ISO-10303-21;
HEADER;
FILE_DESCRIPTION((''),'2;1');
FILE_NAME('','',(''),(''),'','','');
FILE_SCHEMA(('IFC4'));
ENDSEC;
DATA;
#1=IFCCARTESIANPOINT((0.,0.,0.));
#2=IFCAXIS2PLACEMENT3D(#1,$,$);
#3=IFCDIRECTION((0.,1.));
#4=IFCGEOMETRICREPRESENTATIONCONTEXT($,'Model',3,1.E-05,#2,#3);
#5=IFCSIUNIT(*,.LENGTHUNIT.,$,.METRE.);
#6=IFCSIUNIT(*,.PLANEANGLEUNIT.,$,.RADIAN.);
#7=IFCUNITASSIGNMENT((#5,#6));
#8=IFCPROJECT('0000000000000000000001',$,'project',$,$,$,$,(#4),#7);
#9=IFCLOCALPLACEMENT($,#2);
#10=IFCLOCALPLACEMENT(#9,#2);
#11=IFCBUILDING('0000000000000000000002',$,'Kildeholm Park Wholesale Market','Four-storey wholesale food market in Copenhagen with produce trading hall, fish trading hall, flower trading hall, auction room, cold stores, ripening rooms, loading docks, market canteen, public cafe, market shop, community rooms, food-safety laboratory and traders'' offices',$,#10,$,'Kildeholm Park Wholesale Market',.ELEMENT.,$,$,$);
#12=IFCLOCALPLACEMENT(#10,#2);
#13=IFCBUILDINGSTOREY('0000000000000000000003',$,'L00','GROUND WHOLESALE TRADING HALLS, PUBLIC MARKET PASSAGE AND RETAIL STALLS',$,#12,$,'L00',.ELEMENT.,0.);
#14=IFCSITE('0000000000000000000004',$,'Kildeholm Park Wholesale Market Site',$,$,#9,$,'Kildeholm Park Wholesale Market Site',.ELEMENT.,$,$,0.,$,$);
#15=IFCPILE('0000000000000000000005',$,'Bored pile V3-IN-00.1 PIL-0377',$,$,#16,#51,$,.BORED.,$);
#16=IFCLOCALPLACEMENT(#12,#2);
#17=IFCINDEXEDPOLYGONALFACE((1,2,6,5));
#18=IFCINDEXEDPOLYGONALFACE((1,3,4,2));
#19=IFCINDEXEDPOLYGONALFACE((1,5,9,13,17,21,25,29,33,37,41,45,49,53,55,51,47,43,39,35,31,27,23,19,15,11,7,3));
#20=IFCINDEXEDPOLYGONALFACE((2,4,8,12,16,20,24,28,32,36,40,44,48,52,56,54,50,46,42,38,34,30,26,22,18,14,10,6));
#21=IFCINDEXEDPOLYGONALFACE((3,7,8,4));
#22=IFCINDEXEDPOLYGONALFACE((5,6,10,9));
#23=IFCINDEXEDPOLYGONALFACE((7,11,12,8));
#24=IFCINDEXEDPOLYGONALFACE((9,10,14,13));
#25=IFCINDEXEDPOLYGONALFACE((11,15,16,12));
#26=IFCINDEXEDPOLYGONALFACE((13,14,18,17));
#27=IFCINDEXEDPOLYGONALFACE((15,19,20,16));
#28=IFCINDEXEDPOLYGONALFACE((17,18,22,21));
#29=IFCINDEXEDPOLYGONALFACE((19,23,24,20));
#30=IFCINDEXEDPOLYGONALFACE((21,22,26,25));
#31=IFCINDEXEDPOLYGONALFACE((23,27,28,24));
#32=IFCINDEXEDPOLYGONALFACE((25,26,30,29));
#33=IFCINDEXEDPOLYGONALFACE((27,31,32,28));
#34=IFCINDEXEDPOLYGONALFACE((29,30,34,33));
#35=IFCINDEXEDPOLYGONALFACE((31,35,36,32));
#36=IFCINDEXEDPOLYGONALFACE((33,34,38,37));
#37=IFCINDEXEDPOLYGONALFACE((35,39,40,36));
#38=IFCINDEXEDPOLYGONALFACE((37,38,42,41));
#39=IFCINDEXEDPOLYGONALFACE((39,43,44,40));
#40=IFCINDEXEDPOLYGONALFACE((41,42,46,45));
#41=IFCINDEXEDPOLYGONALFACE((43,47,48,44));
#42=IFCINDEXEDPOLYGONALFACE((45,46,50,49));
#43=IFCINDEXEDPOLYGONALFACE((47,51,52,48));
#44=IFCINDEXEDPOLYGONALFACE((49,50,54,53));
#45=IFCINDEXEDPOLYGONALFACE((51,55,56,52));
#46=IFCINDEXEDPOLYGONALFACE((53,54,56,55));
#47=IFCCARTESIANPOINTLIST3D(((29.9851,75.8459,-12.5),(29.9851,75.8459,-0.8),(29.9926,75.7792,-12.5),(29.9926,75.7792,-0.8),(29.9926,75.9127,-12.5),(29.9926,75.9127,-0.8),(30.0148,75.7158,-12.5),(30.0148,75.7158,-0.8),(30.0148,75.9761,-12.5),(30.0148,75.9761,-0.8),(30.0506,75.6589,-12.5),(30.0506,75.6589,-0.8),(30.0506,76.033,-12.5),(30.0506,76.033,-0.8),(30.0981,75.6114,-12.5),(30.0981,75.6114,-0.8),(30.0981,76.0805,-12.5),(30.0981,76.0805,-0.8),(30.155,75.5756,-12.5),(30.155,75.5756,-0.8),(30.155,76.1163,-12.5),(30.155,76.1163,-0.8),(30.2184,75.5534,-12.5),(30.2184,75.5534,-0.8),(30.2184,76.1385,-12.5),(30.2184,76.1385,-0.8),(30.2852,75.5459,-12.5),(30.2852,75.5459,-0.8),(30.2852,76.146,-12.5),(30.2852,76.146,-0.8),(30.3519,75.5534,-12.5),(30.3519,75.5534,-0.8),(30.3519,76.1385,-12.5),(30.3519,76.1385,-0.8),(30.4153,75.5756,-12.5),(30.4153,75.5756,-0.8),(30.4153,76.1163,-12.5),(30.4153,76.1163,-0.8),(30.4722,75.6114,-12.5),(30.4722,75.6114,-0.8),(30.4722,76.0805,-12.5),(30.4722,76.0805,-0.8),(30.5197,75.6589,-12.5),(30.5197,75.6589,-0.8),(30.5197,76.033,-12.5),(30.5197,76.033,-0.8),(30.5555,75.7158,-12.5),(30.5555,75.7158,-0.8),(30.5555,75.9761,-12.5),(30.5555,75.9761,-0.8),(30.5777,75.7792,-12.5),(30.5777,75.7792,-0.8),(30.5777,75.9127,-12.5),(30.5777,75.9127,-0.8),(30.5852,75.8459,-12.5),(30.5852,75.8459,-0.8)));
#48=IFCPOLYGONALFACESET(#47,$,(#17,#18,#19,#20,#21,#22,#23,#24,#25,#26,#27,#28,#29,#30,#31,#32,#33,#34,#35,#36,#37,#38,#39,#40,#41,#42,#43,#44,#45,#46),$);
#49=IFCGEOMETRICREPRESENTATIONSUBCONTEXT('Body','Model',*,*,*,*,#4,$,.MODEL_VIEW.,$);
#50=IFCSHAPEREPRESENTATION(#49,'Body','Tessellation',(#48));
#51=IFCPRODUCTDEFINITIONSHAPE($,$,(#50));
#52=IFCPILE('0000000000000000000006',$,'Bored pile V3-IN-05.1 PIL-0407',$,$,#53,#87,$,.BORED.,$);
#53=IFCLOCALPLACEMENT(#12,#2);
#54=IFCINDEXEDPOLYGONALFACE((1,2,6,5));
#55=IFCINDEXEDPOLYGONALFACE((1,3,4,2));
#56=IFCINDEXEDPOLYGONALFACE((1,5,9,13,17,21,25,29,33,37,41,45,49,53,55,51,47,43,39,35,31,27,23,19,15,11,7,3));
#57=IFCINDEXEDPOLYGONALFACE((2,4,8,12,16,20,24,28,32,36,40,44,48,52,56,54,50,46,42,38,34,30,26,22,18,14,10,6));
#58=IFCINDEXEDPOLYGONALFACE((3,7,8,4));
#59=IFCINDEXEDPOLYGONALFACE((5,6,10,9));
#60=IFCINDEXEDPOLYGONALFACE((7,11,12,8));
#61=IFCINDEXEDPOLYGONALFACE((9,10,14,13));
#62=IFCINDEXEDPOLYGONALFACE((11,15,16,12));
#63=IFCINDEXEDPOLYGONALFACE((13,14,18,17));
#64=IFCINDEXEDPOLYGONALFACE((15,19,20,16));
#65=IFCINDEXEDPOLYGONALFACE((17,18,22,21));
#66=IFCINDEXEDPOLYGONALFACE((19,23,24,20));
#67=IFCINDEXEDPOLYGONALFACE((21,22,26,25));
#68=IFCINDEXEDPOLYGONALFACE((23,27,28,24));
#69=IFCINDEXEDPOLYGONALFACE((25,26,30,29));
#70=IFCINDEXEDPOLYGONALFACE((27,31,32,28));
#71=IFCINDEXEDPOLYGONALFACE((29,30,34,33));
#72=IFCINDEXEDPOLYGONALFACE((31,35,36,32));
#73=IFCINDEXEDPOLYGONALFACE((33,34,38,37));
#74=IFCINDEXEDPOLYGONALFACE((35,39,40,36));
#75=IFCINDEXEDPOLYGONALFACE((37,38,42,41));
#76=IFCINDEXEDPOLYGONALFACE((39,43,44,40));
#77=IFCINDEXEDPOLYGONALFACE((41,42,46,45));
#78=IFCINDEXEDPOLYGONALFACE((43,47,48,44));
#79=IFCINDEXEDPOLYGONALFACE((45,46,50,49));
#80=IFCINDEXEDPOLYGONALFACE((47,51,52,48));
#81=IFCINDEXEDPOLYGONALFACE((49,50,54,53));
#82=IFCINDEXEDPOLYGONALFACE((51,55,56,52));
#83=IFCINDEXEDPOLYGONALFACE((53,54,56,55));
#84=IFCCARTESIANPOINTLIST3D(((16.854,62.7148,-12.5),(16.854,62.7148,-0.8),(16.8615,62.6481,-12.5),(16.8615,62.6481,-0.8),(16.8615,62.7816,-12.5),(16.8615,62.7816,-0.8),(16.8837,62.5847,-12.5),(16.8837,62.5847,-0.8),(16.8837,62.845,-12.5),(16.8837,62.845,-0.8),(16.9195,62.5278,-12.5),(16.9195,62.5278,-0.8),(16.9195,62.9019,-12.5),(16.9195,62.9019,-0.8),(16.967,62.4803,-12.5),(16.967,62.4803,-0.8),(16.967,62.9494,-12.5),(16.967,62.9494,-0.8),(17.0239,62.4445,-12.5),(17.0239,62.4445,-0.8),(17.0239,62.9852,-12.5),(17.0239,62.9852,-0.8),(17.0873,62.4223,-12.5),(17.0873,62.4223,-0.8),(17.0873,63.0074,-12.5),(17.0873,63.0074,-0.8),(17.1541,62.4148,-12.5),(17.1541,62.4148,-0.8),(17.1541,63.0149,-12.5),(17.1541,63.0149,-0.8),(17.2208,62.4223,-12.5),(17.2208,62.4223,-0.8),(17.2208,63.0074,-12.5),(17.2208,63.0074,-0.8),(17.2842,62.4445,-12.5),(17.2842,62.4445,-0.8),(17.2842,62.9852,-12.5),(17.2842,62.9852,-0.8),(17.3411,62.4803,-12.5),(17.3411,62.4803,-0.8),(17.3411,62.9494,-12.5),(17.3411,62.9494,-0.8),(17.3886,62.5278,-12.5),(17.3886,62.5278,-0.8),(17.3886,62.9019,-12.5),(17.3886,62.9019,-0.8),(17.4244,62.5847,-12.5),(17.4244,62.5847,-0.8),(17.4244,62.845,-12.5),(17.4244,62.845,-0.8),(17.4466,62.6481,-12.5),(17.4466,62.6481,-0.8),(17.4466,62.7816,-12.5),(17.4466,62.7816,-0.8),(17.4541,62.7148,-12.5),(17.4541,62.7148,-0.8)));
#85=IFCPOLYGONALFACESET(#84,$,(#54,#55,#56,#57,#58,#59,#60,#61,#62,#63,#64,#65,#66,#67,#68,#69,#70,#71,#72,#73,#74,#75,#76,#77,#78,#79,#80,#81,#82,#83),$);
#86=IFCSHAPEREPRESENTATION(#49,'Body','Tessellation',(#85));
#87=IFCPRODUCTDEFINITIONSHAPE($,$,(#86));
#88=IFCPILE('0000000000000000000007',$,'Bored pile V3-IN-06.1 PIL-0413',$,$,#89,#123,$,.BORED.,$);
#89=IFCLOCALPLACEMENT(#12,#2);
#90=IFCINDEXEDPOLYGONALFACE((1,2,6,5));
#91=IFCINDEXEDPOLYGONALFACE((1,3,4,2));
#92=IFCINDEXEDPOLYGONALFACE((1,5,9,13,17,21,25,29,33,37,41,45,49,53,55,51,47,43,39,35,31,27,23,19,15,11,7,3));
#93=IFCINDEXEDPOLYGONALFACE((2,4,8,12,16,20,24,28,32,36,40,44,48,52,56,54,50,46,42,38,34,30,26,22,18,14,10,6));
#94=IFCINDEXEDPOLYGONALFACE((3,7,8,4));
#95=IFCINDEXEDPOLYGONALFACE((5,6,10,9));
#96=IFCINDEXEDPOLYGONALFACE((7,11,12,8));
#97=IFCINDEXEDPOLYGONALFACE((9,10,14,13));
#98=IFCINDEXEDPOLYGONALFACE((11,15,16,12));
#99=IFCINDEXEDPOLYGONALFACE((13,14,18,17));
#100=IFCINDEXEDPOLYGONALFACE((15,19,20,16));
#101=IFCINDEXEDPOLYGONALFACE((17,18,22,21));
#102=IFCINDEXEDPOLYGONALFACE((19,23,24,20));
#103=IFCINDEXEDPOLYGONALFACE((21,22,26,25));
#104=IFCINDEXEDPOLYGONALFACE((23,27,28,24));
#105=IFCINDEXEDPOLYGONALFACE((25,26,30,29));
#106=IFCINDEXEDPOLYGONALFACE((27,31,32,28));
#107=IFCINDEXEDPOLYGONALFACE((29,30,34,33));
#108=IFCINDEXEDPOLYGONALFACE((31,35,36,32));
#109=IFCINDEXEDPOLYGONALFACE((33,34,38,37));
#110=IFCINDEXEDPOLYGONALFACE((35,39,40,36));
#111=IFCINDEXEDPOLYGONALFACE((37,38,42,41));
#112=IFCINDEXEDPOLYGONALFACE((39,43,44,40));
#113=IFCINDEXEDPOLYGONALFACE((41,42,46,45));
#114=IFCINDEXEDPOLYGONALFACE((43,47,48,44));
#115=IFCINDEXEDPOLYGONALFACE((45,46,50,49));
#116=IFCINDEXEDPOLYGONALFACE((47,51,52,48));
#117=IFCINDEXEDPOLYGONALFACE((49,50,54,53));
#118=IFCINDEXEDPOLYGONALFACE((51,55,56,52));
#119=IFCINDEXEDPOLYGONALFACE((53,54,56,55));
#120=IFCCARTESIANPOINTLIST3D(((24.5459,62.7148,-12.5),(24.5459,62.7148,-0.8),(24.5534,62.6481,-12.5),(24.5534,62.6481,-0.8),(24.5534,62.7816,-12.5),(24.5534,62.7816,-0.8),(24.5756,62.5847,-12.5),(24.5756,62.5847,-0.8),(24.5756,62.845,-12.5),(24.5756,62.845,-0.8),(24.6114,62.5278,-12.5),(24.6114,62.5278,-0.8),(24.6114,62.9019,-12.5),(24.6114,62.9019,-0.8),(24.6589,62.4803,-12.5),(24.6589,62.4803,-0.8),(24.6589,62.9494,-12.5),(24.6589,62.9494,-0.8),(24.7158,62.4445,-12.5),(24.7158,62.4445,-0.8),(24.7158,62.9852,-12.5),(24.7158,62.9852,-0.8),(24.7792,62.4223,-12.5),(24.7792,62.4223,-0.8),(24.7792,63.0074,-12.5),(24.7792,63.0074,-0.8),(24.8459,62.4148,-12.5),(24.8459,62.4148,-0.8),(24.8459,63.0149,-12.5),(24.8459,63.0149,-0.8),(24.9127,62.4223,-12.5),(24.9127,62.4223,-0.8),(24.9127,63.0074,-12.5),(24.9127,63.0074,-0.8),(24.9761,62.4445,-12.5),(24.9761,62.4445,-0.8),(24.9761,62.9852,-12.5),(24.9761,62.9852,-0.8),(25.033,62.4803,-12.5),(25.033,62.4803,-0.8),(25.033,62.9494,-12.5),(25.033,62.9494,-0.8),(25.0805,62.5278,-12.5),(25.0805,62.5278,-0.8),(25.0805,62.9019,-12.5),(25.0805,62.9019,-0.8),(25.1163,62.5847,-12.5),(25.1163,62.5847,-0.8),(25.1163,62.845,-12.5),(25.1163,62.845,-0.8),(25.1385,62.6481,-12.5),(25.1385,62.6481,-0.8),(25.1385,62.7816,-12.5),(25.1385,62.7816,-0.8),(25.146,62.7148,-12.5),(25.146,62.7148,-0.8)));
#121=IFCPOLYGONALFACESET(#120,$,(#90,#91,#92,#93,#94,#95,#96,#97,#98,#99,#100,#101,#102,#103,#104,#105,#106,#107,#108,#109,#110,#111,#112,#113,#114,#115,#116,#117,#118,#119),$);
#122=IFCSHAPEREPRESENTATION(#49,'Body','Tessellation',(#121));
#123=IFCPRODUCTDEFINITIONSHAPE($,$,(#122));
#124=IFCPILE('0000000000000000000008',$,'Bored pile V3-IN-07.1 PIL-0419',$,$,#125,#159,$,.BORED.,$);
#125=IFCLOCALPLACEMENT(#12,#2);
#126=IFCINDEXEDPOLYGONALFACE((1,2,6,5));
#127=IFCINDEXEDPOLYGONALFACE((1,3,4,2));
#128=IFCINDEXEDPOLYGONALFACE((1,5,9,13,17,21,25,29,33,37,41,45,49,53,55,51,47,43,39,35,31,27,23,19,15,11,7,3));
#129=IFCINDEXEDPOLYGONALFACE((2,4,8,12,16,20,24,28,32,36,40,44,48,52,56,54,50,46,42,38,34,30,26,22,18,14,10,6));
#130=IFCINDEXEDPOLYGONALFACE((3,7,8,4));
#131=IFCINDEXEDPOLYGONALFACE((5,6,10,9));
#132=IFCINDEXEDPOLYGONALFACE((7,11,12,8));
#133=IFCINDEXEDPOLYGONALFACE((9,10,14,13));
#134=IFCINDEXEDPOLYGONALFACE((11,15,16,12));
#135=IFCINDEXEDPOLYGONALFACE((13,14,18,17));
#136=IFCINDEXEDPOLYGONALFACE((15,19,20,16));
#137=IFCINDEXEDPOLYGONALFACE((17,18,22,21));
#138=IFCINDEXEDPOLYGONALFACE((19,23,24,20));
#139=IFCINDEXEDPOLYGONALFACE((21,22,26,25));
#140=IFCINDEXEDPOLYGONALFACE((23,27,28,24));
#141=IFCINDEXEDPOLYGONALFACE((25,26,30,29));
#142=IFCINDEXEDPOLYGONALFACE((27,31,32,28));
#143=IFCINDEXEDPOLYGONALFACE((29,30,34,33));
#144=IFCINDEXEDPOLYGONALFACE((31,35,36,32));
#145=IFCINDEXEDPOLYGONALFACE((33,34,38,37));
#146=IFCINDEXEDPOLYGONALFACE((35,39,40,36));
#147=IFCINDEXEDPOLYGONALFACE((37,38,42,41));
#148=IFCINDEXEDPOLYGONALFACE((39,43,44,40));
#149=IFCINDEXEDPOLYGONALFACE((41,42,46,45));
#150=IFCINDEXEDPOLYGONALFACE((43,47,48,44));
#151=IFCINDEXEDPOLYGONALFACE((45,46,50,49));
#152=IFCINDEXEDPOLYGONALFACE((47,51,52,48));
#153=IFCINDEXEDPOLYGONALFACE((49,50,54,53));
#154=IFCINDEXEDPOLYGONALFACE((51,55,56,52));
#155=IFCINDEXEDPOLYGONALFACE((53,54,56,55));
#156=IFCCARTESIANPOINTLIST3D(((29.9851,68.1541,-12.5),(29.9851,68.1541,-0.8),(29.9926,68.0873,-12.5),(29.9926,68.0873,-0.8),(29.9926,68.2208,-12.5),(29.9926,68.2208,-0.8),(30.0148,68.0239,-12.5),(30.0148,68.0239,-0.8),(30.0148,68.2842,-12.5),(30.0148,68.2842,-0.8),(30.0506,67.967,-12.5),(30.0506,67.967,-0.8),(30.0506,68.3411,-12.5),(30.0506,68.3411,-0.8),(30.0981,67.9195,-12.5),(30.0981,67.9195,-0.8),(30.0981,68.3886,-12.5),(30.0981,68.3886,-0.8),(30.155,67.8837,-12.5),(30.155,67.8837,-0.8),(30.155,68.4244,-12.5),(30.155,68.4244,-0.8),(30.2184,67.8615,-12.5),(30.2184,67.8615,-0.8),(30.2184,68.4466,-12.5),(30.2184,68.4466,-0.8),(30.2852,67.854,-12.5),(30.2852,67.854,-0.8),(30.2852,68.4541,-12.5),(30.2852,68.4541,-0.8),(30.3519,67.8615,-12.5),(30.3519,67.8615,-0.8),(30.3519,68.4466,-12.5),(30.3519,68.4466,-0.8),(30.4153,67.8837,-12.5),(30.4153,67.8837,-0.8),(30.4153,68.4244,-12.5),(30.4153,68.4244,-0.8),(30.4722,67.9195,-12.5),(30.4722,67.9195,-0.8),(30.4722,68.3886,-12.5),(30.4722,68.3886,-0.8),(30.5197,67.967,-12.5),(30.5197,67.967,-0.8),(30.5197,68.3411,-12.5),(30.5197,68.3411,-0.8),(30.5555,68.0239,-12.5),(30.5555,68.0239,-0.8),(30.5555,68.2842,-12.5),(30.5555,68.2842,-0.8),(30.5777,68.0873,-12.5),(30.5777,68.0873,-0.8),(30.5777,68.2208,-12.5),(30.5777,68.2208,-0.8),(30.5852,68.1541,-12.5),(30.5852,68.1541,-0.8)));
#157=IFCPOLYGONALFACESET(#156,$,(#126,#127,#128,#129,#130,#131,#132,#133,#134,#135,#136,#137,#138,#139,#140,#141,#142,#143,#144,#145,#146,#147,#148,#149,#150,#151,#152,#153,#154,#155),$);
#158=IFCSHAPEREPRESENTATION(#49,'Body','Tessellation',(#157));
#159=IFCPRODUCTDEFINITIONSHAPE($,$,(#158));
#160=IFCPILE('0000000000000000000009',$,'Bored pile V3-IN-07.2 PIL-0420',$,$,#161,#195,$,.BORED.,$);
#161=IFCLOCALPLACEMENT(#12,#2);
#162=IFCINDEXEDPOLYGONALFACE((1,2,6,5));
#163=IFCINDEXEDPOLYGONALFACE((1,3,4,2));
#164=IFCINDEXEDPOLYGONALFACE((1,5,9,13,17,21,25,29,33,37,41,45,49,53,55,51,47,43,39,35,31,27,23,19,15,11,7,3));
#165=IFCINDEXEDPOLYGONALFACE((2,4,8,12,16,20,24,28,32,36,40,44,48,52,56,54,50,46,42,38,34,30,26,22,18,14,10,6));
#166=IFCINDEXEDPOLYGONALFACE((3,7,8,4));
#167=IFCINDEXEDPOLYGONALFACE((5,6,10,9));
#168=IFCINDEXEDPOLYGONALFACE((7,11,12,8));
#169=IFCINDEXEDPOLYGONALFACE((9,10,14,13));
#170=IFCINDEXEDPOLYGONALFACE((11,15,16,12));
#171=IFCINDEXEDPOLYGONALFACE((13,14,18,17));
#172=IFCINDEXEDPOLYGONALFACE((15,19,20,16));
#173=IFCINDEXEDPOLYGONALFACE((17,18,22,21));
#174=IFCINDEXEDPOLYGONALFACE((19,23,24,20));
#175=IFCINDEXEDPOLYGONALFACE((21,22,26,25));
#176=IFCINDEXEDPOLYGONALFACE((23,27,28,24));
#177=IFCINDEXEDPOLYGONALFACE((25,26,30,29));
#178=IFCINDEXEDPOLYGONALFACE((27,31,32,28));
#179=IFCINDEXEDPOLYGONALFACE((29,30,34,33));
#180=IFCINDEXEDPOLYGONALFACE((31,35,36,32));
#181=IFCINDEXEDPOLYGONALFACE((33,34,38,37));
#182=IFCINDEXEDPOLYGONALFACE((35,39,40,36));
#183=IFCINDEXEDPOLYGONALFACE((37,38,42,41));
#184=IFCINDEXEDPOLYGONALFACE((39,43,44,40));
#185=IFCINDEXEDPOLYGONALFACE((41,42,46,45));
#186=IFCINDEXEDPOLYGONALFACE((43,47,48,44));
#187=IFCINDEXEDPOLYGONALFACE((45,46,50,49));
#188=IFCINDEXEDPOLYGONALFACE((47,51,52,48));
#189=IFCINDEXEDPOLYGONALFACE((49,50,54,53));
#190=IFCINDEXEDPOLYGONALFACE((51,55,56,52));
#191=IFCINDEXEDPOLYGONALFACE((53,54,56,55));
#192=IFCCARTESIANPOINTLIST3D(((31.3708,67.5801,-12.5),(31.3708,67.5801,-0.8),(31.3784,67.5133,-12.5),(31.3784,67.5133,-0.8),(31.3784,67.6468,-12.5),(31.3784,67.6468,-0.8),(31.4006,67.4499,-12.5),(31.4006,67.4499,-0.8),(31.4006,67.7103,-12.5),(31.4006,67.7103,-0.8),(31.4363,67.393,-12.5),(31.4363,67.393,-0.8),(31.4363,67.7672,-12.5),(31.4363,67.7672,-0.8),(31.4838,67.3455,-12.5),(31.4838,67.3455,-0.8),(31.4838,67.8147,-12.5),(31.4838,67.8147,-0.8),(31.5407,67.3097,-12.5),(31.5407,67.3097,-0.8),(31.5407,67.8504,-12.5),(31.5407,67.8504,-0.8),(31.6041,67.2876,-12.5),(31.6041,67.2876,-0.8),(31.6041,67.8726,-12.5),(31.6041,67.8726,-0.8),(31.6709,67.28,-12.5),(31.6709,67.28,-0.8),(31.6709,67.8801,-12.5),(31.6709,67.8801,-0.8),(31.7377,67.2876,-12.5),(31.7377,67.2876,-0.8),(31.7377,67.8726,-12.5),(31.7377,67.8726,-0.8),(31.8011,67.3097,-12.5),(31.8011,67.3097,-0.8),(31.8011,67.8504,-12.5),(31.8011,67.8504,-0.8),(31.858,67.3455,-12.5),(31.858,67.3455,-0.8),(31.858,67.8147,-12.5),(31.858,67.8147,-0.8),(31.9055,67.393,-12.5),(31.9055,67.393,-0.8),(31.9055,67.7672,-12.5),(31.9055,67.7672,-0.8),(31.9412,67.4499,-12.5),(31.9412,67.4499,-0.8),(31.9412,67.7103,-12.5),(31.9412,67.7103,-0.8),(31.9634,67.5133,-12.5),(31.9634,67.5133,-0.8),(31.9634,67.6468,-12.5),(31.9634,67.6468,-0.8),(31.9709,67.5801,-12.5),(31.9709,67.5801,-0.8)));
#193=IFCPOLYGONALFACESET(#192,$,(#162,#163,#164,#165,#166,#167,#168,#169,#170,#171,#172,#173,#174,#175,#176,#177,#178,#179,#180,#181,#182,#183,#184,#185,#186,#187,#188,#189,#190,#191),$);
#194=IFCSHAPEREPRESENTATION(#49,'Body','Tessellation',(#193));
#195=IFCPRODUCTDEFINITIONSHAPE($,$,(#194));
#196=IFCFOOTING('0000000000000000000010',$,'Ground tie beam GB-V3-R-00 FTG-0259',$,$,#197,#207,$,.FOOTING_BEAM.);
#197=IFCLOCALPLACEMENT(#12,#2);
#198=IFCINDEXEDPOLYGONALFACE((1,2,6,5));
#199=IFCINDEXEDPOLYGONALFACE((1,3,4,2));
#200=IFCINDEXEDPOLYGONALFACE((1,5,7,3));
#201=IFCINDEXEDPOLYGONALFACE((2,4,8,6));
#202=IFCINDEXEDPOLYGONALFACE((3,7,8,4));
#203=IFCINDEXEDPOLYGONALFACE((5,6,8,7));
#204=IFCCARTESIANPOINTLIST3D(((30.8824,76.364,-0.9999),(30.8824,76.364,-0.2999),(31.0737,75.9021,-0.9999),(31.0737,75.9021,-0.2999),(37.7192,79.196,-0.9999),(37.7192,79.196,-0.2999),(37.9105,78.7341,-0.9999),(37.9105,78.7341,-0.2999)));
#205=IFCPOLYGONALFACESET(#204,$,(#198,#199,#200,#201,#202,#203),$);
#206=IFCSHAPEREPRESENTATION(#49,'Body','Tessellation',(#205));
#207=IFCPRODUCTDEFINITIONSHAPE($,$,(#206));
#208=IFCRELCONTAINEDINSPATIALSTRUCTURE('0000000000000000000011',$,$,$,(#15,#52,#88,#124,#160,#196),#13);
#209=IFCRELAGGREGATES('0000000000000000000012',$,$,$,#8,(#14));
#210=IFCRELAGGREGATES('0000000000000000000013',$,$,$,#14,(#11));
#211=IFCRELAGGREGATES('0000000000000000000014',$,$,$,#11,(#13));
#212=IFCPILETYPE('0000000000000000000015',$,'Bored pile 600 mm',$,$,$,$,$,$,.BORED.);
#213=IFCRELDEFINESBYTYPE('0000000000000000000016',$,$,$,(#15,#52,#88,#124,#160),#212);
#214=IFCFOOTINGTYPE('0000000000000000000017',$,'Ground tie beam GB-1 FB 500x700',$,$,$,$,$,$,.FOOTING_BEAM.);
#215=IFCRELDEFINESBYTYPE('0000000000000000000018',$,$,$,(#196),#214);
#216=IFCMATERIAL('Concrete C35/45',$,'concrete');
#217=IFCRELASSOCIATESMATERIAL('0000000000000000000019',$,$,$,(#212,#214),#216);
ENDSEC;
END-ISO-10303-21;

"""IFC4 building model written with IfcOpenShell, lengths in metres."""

from ifc_helpers import new_model, si_unit, direction, frame, origin, origin_2d, place, context, subcontext, project, spatial, rectangle, circle, extrude, material, material_profile, profile_set, type_object, element, save


model = new_model("IFC4")

# Units and contexts
model_context = context("Model", 3, precision=1e-05, world=origin(), true_north=direction((0.0, 1.0)))
body_context = subcontext(model_context, "Body", "Model", "MODEL_VIEW")
ifc_project = project(units=[si_unit("LENGTHUNIT", "METRE"), si_unit("PLANEANGLEUNIT", "RADIAN")], contexts=[model_context])

# Site, building, storey
site_placement = place(None, origin())
site = spatial("IfcSite", under=ifc_project, at=site_placement, Name="Kildeholm Park Wholesale Market Site", LongName="Kildeholm Park Wholesale Market Site", CompositionType="ELEMENT", RefElevation=0.0)
building_placement = place(site_placement, origin())
building = spatial("IfcBuilding", under=site, at=building_placement, Name="Kildeholm Park Wholesale Market", Description="Four-storey wholesale food market in Copenhagen with produce trading hall, fish trading hall, flower trading hall, auction room, cold stores, ripening rooms, loading docks, market canteen, public cafe, market shop, community rooms, food-safety laboratory and traders' offices", LongName="Kildeholm Park Wholesale Market", CompositionType="ELEMENT")
storey_placement = place(building_placement, origin())
storey = spatial("IfcBuildingStorey", under=building, at=storey_placement, Name="L00", Description="GROUND WHOLESALE TRADING HALLS, PUBLIC MARKET PASSAGE AND RETAIL STALLS", LongName="L00", CompositionType="ELEMENT", Elevation=0.0)

# Piles
ifc_material_1 = material(Name="Concrete C35/45", Category="concrete")
ifc_material_profile_1 = material_profile(ifc_material_1, circle(Radius=0.3, at=origin_2d()), Name="PILE D600")
ifc_profile_set_1 = profile_set([ifc_material_profile_1], Name="Concrete C35/45")
pile_type = type_object("IfcPileType", Name="Bored pile 600 mm", PredefinedType="BORED", material=ifc_profile_set_1)
for number, where, z_axis, x_axis, name in (
    (1, (30.2852, 75.8459, -0.8), (0.0, 0.0, -1.0), (1.0, 0.0, 0.0), "Bored pile V3-IN-00.1 PIL-0377"),
    (2, (17.1541, 62.7148, -0.8), (0.0, 0.0, -1.0), (1.0, 0.0, 0.0), "Bored pile V3-IN-05.1 PIL-0407"),
    (3, (24.8459, 62.7148, -0.8), (0.0, 0.0, -1.0), (1.0, 0.0, 0.0), "Bored pile V3-IN-06.1 PIL-0413"),
    (4, (30.2852, 68.1541, -0.8), (0.0, 0.0, -1.0), (1.0, 0.0, 0.0), "Bored pile V3-IN-07.1 PIL-0419"),
    (5, (31.6709, 67.5801, -0.8), (0.0, 0.0, -1.0), (1.0, 0.0, 0.0), "Bored pile V3-IN-07.2 PIL-0420"),
):
    element("IfcPile", number, at=place(storey_placement, frame(where, z_axis=z_axis, x_axis=x_axis)), inside=storey, type_object=pile_type, Name=name, PredefinedType="BORED", context=body_context, shape_type="SweptSolid", body=[
        extrude(circle(Radius=0.3, at=origin_2d()), origin(), (0.0, 0.0, 1.0), 11.7),
    ])

# Footing
ifc_material_profile_2 = material_profile(ifc_material_1, rectangle(XDim=0.5, YDim=0.7, at=origin_2d()), Name="FB 500x700")
ifc_profile_set_2 = profile_set([ifc_material_profile_2], Name="Concrete C35/45")
footing_type_1 = type_object("IfcFootingType", Name="Ground tie beam GB-1 FB 500x700", PredefinedType="FOOTING_BEAM", material=ifc_profile_set_2)
for number, where, z_axis, x_axis, name in (
    (6, (30.978, 76.1331, -0.6499), (0.923875, 0.382694, 0.0), (-0.382694, 0.923875, 0.0), "Ground tie beam GB-V3-R-00 FTG-0259"),
):
    element("IfcFooting", number, at=place(storey_placement, frame(where, z_axis=z_axis, x_axis=x_axis)), inside=storey, type_object=footing_type_1, Name=name, PredefinedType="FOOTING_BEAM", context=body_context, shape_type="SweptSolid", body=[
        extrude(rectangle(XDim=0.5, YDim=0.7, at=origin_2d()), origin(), (0.0, 0.0, 1.0), 7.4001),
    ])

save(model, "model.ifc")
